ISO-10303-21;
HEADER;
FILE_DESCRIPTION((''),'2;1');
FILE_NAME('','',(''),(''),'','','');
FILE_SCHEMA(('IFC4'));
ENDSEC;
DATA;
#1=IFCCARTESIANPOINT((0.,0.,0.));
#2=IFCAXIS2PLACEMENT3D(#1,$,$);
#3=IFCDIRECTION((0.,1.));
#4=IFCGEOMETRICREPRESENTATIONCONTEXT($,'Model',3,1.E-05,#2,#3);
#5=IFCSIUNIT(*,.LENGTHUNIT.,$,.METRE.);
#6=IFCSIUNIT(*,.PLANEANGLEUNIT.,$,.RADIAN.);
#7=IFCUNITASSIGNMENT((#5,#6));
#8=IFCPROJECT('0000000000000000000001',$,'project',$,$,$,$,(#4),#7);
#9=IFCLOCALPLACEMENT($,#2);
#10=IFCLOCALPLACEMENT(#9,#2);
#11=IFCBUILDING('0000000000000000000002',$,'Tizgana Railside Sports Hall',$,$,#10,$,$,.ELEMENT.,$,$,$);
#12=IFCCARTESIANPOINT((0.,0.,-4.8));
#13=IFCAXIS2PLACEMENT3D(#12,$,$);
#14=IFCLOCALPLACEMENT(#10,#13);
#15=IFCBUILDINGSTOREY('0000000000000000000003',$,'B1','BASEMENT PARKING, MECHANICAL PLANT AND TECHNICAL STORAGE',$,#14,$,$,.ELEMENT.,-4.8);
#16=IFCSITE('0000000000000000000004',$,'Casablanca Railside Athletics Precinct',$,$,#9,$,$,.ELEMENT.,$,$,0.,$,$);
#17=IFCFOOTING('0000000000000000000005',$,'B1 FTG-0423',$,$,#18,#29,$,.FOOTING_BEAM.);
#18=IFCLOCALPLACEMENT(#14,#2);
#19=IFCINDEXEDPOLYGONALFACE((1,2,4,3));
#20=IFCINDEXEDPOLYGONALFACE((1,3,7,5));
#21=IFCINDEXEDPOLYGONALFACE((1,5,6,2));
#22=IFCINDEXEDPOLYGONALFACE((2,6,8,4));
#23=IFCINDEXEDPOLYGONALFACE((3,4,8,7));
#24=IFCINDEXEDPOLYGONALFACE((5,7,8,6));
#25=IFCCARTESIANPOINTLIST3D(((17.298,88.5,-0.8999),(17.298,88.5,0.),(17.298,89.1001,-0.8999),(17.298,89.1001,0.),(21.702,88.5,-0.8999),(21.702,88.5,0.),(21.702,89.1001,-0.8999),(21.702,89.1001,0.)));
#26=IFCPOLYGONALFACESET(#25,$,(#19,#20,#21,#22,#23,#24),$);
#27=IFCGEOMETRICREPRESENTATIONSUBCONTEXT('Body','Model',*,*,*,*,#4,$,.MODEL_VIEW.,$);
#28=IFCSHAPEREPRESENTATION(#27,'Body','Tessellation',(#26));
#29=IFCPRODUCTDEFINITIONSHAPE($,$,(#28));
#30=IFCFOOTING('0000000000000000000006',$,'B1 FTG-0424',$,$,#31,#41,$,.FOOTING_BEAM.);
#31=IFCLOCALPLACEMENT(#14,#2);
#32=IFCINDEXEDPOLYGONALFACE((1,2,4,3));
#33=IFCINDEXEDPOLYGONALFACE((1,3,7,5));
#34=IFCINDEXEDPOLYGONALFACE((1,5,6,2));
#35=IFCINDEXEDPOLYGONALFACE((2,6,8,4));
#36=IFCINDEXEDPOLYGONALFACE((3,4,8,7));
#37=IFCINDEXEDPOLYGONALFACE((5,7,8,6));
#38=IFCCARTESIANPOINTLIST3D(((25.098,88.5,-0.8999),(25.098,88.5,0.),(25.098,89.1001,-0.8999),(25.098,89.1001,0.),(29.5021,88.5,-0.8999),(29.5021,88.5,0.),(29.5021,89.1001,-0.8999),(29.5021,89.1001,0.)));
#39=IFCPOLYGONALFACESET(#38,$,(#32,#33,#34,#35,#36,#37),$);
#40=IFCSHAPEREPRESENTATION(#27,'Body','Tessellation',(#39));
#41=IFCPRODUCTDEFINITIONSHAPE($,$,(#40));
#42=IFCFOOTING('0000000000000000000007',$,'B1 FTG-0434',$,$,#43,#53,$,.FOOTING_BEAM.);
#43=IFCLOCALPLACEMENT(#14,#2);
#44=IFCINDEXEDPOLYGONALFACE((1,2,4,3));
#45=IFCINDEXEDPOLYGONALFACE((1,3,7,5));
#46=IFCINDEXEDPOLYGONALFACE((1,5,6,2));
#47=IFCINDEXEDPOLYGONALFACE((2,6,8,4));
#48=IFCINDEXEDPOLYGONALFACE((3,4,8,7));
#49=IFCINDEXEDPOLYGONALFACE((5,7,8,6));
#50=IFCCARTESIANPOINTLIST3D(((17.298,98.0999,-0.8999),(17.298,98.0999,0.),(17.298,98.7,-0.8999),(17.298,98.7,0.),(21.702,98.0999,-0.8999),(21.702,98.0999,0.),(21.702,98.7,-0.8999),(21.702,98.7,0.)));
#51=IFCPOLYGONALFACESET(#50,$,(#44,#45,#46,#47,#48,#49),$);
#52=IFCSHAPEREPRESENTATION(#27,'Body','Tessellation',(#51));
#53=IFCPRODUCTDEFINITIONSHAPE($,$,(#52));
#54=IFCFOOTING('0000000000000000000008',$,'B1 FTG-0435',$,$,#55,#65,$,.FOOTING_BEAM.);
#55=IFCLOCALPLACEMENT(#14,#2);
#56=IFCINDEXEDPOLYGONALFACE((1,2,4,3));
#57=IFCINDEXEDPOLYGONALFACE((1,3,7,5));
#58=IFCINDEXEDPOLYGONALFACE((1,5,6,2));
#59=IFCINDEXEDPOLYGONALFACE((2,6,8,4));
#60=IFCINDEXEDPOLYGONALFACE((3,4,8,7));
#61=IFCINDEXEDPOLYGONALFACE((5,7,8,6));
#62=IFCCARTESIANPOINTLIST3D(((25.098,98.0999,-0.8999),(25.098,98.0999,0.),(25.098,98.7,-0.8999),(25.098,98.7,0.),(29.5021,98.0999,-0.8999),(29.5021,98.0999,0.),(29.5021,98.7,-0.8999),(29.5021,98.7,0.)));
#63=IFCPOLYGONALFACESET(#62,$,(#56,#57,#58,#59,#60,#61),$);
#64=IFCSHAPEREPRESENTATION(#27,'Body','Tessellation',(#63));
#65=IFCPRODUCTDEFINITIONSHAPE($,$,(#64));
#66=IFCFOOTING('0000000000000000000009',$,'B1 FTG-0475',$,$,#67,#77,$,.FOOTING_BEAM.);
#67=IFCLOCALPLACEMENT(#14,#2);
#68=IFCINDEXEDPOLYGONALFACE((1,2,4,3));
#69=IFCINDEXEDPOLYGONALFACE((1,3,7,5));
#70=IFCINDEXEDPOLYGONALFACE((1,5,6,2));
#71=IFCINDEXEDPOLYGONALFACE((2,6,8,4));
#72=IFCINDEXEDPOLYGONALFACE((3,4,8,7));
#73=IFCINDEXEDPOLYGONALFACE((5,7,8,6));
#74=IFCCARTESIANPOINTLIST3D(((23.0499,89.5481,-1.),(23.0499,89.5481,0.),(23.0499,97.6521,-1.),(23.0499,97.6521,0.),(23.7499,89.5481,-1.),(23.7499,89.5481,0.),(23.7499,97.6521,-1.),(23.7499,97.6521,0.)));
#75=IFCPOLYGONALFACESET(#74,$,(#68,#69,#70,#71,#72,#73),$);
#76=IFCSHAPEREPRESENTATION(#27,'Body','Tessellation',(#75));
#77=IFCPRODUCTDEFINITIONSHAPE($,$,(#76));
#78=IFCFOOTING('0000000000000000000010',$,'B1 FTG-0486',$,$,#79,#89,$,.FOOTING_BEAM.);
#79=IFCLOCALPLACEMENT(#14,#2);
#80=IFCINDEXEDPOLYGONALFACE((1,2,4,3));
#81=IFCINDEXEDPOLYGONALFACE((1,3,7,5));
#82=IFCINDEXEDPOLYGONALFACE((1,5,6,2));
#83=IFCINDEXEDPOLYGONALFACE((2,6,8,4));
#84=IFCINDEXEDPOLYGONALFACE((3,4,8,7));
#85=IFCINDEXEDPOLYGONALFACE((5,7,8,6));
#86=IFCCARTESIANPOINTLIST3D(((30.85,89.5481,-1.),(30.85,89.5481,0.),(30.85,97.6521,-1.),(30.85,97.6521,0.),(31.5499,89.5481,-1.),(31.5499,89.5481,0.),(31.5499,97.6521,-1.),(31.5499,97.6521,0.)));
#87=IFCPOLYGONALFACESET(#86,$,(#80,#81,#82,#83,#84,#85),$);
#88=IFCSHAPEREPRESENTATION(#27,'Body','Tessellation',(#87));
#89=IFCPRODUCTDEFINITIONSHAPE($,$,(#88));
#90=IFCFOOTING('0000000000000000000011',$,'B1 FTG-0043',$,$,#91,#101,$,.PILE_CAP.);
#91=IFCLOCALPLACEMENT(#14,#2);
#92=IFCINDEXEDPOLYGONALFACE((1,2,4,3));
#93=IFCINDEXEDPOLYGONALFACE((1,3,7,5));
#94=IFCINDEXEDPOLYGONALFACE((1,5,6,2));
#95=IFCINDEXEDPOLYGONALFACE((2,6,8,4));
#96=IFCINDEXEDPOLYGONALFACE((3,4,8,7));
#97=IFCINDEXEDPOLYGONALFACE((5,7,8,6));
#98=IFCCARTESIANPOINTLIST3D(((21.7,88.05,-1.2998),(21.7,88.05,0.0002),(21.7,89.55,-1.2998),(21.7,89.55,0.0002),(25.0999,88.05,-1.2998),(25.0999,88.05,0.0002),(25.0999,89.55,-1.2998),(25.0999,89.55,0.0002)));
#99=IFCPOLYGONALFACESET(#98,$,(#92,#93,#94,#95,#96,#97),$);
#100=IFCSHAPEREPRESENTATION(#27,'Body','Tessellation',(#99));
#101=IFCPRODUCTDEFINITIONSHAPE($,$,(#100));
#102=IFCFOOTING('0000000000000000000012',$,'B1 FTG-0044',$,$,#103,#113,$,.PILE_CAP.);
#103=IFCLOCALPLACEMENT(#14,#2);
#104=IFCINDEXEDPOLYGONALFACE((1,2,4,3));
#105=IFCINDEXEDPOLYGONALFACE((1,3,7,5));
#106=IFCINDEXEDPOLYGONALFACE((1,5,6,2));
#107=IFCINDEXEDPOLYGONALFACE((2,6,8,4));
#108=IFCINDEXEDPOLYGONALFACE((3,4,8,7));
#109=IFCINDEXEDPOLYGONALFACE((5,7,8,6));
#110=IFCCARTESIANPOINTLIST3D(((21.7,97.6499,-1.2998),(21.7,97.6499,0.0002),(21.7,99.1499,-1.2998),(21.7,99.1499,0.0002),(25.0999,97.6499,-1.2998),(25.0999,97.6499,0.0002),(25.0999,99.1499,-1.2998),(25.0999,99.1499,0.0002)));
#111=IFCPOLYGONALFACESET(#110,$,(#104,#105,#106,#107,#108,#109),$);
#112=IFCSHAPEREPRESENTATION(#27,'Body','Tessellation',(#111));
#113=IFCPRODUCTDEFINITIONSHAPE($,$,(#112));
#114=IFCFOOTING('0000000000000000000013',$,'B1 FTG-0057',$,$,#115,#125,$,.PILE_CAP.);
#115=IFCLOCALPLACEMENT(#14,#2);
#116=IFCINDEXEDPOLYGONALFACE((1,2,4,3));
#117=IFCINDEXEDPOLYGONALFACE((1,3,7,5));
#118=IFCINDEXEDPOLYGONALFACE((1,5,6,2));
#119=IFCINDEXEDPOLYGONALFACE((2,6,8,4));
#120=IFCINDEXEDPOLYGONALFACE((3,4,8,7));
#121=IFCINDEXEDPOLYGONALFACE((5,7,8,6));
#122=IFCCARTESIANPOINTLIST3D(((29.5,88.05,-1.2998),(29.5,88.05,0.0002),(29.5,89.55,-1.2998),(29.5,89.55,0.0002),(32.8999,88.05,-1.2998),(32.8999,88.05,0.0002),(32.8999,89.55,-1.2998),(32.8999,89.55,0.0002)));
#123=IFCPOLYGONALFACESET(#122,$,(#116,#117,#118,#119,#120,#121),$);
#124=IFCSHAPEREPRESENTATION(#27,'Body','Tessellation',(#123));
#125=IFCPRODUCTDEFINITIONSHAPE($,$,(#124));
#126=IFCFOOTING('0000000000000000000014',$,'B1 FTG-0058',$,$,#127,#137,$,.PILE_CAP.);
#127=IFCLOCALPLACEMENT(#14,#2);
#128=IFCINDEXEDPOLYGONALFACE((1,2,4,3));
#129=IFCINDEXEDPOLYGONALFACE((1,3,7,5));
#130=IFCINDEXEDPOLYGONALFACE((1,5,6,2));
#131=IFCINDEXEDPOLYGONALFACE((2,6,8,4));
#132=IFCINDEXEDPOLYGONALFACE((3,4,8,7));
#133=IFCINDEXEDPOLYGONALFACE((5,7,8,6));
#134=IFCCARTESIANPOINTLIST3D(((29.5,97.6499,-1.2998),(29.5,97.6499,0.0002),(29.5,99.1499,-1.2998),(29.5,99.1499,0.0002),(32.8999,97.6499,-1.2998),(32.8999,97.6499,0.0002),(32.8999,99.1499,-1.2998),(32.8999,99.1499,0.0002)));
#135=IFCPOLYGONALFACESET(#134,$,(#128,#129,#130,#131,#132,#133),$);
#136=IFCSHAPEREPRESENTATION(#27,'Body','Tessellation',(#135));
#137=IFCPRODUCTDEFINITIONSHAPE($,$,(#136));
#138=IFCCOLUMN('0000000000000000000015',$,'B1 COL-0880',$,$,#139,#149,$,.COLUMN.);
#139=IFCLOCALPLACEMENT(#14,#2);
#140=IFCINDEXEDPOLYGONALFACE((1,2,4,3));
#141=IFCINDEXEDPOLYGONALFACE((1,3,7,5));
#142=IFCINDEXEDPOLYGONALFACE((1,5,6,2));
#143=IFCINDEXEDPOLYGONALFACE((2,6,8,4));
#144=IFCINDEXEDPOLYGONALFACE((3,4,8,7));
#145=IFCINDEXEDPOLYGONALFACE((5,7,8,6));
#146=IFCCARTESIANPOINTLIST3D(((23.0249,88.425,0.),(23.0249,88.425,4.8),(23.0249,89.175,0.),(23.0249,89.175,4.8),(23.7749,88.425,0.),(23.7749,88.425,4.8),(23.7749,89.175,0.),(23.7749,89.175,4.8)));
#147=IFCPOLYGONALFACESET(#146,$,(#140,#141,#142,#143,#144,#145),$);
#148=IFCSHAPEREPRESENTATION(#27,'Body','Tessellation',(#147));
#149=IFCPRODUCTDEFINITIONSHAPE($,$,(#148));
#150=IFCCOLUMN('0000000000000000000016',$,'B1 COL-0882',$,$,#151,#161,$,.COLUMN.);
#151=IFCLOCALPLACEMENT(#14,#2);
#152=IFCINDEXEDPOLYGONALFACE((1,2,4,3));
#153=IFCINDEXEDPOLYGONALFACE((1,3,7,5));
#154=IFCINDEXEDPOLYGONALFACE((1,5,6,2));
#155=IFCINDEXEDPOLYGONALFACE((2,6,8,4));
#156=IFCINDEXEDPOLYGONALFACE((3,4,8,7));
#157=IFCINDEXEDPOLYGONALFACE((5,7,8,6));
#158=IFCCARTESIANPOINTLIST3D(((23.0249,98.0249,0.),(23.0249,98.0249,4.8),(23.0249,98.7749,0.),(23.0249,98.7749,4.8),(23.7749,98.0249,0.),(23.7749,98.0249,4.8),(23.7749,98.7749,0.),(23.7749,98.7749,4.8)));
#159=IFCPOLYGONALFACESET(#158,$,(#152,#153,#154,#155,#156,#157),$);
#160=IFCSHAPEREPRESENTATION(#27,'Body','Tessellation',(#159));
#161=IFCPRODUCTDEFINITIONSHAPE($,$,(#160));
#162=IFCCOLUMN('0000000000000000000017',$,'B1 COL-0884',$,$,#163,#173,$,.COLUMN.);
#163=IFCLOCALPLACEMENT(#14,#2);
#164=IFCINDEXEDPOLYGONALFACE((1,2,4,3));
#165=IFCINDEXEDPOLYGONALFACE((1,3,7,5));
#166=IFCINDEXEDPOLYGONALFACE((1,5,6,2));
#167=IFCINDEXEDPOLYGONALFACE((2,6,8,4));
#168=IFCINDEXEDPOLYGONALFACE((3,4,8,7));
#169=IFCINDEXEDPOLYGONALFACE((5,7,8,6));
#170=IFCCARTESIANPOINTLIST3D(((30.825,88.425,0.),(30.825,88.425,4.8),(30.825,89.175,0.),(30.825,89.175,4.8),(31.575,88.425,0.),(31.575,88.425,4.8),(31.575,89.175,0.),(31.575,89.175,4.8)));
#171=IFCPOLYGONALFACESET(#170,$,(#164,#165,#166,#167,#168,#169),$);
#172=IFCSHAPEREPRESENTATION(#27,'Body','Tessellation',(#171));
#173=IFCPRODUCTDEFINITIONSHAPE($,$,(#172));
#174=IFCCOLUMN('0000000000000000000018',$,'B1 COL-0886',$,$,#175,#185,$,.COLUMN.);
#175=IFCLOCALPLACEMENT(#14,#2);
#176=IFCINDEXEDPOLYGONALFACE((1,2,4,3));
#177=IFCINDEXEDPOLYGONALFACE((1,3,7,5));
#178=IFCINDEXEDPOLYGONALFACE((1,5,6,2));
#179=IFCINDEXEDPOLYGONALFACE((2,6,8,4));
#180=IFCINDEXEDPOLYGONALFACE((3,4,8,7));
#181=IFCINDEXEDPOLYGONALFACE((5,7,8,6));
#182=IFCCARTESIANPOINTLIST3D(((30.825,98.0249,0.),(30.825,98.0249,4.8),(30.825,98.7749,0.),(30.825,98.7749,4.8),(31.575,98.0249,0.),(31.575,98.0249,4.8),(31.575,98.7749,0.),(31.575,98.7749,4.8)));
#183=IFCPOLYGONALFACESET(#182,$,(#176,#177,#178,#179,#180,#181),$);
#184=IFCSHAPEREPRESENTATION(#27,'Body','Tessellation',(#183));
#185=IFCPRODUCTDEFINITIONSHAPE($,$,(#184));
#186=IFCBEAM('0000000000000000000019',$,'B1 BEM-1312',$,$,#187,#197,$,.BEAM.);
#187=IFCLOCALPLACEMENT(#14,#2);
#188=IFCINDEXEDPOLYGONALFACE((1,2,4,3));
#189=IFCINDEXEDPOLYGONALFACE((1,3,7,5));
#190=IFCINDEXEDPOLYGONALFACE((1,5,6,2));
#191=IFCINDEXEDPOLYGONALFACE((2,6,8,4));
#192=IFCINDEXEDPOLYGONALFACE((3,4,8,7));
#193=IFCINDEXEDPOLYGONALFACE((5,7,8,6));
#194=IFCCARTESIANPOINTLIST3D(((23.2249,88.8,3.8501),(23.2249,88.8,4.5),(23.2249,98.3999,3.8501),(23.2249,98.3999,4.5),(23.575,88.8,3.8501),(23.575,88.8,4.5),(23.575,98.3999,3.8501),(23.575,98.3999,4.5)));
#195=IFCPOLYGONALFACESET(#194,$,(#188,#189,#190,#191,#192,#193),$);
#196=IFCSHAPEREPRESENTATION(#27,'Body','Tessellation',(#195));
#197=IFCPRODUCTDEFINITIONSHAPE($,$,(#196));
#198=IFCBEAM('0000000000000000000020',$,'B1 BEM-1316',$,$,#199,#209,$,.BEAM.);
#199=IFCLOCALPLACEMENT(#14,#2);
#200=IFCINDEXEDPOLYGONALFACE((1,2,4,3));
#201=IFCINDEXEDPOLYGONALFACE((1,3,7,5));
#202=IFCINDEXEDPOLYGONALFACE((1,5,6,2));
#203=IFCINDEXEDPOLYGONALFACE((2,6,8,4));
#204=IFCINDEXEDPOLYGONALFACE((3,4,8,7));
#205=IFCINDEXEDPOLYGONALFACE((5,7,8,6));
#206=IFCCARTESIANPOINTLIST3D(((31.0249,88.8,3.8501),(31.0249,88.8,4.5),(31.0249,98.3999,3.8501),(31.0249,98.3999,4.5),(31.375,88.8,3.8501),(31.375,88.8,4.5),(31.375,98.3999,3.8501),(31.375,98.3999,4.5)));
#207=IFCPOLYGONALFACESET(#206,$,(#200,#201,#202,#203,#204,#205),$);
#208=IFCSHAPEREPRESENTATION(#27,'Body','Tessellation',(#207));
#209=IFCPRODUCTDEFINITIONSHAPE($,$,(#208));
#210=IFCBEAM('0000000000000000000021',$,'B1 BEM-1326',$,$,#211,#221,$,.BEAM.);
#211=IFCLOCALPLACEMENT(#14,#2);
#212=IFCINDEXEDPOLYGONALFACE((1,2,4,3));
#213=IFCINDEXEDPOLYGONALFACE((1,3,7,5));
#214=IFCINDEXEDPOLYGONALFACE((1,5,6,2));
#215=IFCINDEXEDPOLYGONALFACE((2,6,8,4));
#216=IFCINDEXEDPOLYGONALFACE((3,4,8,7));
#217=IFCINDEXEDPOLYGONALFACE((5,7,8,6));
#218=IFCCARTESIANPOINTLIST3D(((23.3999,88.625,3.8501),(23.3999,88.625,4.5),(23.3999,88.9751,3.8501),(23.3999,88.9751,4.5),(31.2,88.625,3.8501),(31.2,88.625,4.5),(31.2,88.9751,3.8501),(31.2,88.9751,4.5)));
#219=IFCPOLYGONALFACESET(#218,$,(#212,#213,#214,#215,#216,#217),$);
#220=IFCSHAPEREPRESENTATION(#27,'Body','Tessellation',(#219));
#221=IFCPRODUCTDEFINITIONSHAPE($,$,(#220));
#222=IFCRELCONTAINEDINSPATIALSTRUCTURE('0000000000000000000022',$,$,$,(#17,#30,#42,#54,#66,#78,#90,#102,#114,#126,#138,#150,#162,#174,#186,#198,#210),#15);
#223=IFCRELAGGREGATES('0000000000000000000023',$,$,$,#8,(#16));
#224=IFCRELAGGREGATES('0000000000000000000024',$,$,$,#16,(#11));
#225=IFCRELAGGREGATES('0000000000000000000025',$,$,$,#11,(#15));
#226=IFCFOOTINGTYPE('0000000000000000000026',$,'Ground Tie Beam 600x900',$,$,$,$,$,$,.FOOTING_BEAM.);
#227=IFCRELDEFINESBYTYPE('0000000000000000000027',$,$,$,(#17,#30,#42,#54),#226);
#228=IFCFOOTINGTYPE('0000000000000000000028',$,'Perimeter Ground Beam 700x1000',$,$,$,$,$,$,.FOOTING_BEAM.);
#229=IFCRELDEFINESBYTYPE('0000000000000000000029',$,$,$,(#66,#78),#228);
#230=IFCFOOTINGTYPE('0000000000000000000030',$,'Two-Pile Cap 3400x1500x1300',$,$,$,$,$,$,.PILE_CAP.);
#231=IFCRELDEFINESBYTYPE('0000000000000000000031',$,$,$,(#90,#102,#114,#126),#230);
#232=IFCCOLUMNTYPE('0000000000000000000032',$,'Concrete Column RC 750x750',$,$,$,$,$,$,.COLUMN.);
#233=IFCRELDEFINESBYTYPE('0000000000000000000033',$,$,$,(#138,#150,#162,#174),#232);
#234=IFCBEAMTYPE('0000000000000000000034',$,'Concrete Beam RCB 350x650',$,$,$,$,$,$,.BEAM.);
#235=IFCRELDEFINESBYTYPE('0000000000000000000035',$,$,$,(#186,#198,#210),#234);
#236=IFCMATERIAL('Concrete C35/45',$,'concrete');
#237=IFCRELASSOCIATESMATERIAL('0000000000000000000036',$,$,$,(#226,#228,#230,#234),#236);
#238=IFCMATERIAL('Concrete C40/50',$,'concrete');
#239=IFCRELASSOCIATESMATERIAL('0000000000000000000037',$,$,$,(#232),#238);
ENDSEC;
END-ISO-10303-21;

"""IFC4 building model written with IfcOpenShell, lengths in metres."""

from ifc_helpers import new_model, si_unit, direction, frame, origin, origin_2d, place, context, subcontext, project, spatial, rectangle, extrude, material, material_profile, profile_set, type_object, element, save


model = new_model("IFC4")

# Units and contexts
model_context = context("Model", 3, precision=1e-05, world=origin(), true_north=direction((0.0, 1.0)))
body_context = subcontext(model_context, "Body", "Model", "MODEL_VIEW")
ifc_project = project(units=[si_unit("LENGTHUNIT", "METRE"), si_unit("PLANEANGLEUNIT", "RADIAN")], contexts=[model_context])

# Site, building, storey
site_placement = place(None, origin())
site = spatial("IfcSite", under=ifc_project, at=site_placement, Name="Casablanca Railside Athletics Precinct", CompositionType="ELEMENT", RefElevation=0.0)
building_placement = place(site_placement, origin())
building = spatial("IfcBuilding", under=site, at=building_placement, Name="Tizgana Railside Sports Hall", CompositionType="ELEMENT")
storey_placement = place(building_placement, frame((0.0, 0.0, -4.8)))
storey = spatial("IfcBuildingStorey", under=building, at=storey_placement, Name="B1", Description="BASEMENT PARKING, MECHANICAL PLANT AND TECHNICAL STORAGE", CompositionType="ELEMENT", Elevation=-4.8)

# Shared definitions
ifc_material_1 = material(Name="Concrete C35/45", Category="concrete")

# Footings
footing_type_1 = type_object("IfcFootingType", Name="Ground Tie Beam 600x900", PredefinedType="FOOTING_BEAM", material=ifc_material_1)
for number, where, z_axis, x_axis, name in (
    (1, (19.5, 88.8, -0.8999), (0.0, 0.0, 1.0), (1.0, 0.0, 0.0), "B1 FTG-0423"),
    (2, (27.3, 88.8, -0.8999), (0.0, 0.0, 1.0), (1.0, 0.0, 0.0), "B1 FTG-0424"),
    (3, (19.5, 98.3999, -0.8999), (0.0, 0.0, 1.0), (1.0, 0.0, 0.0), "B1 FTG-0434"),
    (4, (27.3, 98.3999, -0.8999), (0.0, 0.0, 1.0), (1.0, 0.0, 0.0), "B1 FTG-0435"),
):
    element("IfcFooting", number, at=place(storey_placement, frame(where, z_axis=z_axis, x_axis=x_axis)), inside=storey, type_object=footing_type_1, Name=name, PredefinedType="FOOTING_BEAM", context=body_context, shape_type="SweptSolid", body=[
        extrude(rectangle(XDim=4.4041, YDim=0.6001, at=origin_2d()), origin(), (0.0, 0.0, 1.0), 0.8999),
    ])
footing_type_2 = type_object("IfcFootingType", Name="Perimeter Ground Beam 700x1000", PredefinedType="FOOTING_BEAM", material=ifc_material_1)
for number, where, z_axis, x_axis, name in (
    (5, (23.3999, 93.6001, -1.0), (0.0, 0.0, 1.0), (0.0, 1.0, 0.0), "B1 FTG-0475"),
    (6, (31.2, 93.6001, -1.0), (0.0, 0.0, 1.0), (0.0, 1.0, 0.0), "B1 FTG-0486"),
):
    element("IfcFooting", number, at=place(storey_placement, frame(where, z_axis=z_axis, x_axis=x_axis)), inside=storey, type_object=footing_type_2, Name=name, PredefinedType="FOOTING_BEAM", context=body_context, shape_type="SweptSolid", body=[
        extrude(rectangle(XDim=8.104, YDim=0.7, at=origin_2d()), origin(), (0.0, 0.0, 1.0), 1.0),
    ])
footing_type_3 = type_object("IfcFootingType", Name="Two-Pile Cap 3400x1500x1300", PredefinedType="PILE_CAP", material=ifc_material_1)
for number, where, z_axis, x_axis, name in (
    (7, (23.3999, 88.8, -1.2998), (0.0, 0.0, 1.0), (1.0, 0.0, 0.0), "B1 FTG-0043"),
    (8, (23.3999, 98.3999, -1.2998), (0.0, 0.0, 1.0), (1.0, 0.0, 0.0), "B1 FTG-0044"),
    (9, (31.2, 88.8, -1.2998), (0.0, 0.0, 1.0), (1.0, 0.0, 0.0), "B1 FTG-0057"),
    (10, (31.2, 98.3999, -1.2998), (0.0, 0.0, 1.0), (1.0, 0.0, 0.0), "B1 FTG-0058"),
):
    element("IfcFooting", number, at=place(storey_placement, frame(where, z_axis=z_axis, x_axis=x_axis)), inside=storey, type_object=footing_type_3, Name=name, PredefinedType="PILE_CAP", context=body_context, shape_type="SweptSolid", body=[
        extrude(rectangle(XDim=3.3999, YDim=1.5, at=origin_2d()), origin(), (0.0, 0.0, 1.0), 1.3),
    ])

# Columns
ifc_material_2 = material(Name="Concrete C40/50", Category="concrete")
ifc_material_profile_1 = material_profile(ifc_material_2, rectangle(XDim=0.75, YDim=0.75, at=origin_2d()), Name="RC 750x750")
ifc_profile_set_1 = profile_set([ifc_material_profile_1], Name="Concrete C40/50")
column_type = type_object("IfcColumnType", Name="Concrete Column RC 750x750", PredefinedType="COLUMN", material=ifc_profile_set_1)
for number, where, z_axis, x_axis, name in (
    (11, (23.3999, 88.8, 0.0), (0.0, 0.0, 1.0), (1.0, 0.0, 0.0), "B1 COL-0880"),
    (12, (23.3999, 98.3999, 0.0), (0.0, 0.0, 1.0), (1.0, 0.0, 0.0), "B1 COL-0882"),
    (13, (31.2, 88.8, 0.0), (0.0, 0.0, 1.0), (1.0, 0.0, 0.0), "B1 COL-0884"),
    (14, (31.2, 98.3999, 0.0), (0.0, 0.0, 1.0), (1.0, 0.0, 0.0), "B1 COL-0886"),
):
    element("IfcColumn", number, at=place(storey_placement, frame(where, z_axis=z_axis, x_axis=x_axis)), inside=storey, type_object=column_type, Name=name, PredefinedType="COLUMN", context=body_context, shape_type="SweptSolid", body=[
        extrude(rectangle(XDim=0.75, YDim=0.75, at=origin_2d()), origin(), (0.0, 0.0, 1.0), 4.8),
    ])

# Beams
ifc_material_profile_2 = material_profile(ifc_material_1, rectangle(XDim=0.3501, YDim=0.6499, at=origin_2d()), Name="RCB 350x650")
ifc_profile_set_2 = profile_set([ifc_material_profile_2], Name="Concrete C35/45")
beam_type = type_object("IfcBeamType", Name="Concrete Beam RCB 350x650", PredefinedType="BEAM", material=ifc_profile_set_2)
for number, where, z_axis, x_axis, name in (
    (15, (23.3999, 88.8, 4.175), (0.0, 1.0, 0.0), (-1.0, 0.0, 0.0), "B1 BEM-1312"),
    (16, (31.2, 88.8, 4.175), (0.0, 1.0, 0.0), (-1.0, 0.0, 0.0), "B1 BEM-1316"),
):
    element("IfcBeam", number, at=place(storey_placement, frame(where, z_axis=z_axis, x_axis=x_axis)), inside=storey, type_object=beam_type, Name=name, PredefinedType="BEAM", context=body_context, shape_type="SweptSolid", body=[
        extrude(rectangle(XDim=0.3501, YDim=0.6499, at=origin_2d()), origin(), (0.0, 0.0, 1.0), 9.5999),
    ])
for number, where, z_axis, x_axis, name in (
    (17, (23.3999, 88.8, 4.175), (1.0, 0.0, 0.0), (0.0, 1.0, 0.0), "B1 BEM-1326"),
):
    element("IfcBeam", number, at=place(storey_placement, frame(where, z_axis=z_axis, x_axis=x_axis)), inside=storey, type_object=beam_type, Name=name, PredefinedType="BEAM", context=body_context, shape_type="SweptSolid", body=[
        extrude(rectangle(XDim=0.3501, YDim=0.6499, at=origin_2d()), origin(), (0.0, 0.0, 1.0), 7.8),
    ])

save(model, "model.ifc")
